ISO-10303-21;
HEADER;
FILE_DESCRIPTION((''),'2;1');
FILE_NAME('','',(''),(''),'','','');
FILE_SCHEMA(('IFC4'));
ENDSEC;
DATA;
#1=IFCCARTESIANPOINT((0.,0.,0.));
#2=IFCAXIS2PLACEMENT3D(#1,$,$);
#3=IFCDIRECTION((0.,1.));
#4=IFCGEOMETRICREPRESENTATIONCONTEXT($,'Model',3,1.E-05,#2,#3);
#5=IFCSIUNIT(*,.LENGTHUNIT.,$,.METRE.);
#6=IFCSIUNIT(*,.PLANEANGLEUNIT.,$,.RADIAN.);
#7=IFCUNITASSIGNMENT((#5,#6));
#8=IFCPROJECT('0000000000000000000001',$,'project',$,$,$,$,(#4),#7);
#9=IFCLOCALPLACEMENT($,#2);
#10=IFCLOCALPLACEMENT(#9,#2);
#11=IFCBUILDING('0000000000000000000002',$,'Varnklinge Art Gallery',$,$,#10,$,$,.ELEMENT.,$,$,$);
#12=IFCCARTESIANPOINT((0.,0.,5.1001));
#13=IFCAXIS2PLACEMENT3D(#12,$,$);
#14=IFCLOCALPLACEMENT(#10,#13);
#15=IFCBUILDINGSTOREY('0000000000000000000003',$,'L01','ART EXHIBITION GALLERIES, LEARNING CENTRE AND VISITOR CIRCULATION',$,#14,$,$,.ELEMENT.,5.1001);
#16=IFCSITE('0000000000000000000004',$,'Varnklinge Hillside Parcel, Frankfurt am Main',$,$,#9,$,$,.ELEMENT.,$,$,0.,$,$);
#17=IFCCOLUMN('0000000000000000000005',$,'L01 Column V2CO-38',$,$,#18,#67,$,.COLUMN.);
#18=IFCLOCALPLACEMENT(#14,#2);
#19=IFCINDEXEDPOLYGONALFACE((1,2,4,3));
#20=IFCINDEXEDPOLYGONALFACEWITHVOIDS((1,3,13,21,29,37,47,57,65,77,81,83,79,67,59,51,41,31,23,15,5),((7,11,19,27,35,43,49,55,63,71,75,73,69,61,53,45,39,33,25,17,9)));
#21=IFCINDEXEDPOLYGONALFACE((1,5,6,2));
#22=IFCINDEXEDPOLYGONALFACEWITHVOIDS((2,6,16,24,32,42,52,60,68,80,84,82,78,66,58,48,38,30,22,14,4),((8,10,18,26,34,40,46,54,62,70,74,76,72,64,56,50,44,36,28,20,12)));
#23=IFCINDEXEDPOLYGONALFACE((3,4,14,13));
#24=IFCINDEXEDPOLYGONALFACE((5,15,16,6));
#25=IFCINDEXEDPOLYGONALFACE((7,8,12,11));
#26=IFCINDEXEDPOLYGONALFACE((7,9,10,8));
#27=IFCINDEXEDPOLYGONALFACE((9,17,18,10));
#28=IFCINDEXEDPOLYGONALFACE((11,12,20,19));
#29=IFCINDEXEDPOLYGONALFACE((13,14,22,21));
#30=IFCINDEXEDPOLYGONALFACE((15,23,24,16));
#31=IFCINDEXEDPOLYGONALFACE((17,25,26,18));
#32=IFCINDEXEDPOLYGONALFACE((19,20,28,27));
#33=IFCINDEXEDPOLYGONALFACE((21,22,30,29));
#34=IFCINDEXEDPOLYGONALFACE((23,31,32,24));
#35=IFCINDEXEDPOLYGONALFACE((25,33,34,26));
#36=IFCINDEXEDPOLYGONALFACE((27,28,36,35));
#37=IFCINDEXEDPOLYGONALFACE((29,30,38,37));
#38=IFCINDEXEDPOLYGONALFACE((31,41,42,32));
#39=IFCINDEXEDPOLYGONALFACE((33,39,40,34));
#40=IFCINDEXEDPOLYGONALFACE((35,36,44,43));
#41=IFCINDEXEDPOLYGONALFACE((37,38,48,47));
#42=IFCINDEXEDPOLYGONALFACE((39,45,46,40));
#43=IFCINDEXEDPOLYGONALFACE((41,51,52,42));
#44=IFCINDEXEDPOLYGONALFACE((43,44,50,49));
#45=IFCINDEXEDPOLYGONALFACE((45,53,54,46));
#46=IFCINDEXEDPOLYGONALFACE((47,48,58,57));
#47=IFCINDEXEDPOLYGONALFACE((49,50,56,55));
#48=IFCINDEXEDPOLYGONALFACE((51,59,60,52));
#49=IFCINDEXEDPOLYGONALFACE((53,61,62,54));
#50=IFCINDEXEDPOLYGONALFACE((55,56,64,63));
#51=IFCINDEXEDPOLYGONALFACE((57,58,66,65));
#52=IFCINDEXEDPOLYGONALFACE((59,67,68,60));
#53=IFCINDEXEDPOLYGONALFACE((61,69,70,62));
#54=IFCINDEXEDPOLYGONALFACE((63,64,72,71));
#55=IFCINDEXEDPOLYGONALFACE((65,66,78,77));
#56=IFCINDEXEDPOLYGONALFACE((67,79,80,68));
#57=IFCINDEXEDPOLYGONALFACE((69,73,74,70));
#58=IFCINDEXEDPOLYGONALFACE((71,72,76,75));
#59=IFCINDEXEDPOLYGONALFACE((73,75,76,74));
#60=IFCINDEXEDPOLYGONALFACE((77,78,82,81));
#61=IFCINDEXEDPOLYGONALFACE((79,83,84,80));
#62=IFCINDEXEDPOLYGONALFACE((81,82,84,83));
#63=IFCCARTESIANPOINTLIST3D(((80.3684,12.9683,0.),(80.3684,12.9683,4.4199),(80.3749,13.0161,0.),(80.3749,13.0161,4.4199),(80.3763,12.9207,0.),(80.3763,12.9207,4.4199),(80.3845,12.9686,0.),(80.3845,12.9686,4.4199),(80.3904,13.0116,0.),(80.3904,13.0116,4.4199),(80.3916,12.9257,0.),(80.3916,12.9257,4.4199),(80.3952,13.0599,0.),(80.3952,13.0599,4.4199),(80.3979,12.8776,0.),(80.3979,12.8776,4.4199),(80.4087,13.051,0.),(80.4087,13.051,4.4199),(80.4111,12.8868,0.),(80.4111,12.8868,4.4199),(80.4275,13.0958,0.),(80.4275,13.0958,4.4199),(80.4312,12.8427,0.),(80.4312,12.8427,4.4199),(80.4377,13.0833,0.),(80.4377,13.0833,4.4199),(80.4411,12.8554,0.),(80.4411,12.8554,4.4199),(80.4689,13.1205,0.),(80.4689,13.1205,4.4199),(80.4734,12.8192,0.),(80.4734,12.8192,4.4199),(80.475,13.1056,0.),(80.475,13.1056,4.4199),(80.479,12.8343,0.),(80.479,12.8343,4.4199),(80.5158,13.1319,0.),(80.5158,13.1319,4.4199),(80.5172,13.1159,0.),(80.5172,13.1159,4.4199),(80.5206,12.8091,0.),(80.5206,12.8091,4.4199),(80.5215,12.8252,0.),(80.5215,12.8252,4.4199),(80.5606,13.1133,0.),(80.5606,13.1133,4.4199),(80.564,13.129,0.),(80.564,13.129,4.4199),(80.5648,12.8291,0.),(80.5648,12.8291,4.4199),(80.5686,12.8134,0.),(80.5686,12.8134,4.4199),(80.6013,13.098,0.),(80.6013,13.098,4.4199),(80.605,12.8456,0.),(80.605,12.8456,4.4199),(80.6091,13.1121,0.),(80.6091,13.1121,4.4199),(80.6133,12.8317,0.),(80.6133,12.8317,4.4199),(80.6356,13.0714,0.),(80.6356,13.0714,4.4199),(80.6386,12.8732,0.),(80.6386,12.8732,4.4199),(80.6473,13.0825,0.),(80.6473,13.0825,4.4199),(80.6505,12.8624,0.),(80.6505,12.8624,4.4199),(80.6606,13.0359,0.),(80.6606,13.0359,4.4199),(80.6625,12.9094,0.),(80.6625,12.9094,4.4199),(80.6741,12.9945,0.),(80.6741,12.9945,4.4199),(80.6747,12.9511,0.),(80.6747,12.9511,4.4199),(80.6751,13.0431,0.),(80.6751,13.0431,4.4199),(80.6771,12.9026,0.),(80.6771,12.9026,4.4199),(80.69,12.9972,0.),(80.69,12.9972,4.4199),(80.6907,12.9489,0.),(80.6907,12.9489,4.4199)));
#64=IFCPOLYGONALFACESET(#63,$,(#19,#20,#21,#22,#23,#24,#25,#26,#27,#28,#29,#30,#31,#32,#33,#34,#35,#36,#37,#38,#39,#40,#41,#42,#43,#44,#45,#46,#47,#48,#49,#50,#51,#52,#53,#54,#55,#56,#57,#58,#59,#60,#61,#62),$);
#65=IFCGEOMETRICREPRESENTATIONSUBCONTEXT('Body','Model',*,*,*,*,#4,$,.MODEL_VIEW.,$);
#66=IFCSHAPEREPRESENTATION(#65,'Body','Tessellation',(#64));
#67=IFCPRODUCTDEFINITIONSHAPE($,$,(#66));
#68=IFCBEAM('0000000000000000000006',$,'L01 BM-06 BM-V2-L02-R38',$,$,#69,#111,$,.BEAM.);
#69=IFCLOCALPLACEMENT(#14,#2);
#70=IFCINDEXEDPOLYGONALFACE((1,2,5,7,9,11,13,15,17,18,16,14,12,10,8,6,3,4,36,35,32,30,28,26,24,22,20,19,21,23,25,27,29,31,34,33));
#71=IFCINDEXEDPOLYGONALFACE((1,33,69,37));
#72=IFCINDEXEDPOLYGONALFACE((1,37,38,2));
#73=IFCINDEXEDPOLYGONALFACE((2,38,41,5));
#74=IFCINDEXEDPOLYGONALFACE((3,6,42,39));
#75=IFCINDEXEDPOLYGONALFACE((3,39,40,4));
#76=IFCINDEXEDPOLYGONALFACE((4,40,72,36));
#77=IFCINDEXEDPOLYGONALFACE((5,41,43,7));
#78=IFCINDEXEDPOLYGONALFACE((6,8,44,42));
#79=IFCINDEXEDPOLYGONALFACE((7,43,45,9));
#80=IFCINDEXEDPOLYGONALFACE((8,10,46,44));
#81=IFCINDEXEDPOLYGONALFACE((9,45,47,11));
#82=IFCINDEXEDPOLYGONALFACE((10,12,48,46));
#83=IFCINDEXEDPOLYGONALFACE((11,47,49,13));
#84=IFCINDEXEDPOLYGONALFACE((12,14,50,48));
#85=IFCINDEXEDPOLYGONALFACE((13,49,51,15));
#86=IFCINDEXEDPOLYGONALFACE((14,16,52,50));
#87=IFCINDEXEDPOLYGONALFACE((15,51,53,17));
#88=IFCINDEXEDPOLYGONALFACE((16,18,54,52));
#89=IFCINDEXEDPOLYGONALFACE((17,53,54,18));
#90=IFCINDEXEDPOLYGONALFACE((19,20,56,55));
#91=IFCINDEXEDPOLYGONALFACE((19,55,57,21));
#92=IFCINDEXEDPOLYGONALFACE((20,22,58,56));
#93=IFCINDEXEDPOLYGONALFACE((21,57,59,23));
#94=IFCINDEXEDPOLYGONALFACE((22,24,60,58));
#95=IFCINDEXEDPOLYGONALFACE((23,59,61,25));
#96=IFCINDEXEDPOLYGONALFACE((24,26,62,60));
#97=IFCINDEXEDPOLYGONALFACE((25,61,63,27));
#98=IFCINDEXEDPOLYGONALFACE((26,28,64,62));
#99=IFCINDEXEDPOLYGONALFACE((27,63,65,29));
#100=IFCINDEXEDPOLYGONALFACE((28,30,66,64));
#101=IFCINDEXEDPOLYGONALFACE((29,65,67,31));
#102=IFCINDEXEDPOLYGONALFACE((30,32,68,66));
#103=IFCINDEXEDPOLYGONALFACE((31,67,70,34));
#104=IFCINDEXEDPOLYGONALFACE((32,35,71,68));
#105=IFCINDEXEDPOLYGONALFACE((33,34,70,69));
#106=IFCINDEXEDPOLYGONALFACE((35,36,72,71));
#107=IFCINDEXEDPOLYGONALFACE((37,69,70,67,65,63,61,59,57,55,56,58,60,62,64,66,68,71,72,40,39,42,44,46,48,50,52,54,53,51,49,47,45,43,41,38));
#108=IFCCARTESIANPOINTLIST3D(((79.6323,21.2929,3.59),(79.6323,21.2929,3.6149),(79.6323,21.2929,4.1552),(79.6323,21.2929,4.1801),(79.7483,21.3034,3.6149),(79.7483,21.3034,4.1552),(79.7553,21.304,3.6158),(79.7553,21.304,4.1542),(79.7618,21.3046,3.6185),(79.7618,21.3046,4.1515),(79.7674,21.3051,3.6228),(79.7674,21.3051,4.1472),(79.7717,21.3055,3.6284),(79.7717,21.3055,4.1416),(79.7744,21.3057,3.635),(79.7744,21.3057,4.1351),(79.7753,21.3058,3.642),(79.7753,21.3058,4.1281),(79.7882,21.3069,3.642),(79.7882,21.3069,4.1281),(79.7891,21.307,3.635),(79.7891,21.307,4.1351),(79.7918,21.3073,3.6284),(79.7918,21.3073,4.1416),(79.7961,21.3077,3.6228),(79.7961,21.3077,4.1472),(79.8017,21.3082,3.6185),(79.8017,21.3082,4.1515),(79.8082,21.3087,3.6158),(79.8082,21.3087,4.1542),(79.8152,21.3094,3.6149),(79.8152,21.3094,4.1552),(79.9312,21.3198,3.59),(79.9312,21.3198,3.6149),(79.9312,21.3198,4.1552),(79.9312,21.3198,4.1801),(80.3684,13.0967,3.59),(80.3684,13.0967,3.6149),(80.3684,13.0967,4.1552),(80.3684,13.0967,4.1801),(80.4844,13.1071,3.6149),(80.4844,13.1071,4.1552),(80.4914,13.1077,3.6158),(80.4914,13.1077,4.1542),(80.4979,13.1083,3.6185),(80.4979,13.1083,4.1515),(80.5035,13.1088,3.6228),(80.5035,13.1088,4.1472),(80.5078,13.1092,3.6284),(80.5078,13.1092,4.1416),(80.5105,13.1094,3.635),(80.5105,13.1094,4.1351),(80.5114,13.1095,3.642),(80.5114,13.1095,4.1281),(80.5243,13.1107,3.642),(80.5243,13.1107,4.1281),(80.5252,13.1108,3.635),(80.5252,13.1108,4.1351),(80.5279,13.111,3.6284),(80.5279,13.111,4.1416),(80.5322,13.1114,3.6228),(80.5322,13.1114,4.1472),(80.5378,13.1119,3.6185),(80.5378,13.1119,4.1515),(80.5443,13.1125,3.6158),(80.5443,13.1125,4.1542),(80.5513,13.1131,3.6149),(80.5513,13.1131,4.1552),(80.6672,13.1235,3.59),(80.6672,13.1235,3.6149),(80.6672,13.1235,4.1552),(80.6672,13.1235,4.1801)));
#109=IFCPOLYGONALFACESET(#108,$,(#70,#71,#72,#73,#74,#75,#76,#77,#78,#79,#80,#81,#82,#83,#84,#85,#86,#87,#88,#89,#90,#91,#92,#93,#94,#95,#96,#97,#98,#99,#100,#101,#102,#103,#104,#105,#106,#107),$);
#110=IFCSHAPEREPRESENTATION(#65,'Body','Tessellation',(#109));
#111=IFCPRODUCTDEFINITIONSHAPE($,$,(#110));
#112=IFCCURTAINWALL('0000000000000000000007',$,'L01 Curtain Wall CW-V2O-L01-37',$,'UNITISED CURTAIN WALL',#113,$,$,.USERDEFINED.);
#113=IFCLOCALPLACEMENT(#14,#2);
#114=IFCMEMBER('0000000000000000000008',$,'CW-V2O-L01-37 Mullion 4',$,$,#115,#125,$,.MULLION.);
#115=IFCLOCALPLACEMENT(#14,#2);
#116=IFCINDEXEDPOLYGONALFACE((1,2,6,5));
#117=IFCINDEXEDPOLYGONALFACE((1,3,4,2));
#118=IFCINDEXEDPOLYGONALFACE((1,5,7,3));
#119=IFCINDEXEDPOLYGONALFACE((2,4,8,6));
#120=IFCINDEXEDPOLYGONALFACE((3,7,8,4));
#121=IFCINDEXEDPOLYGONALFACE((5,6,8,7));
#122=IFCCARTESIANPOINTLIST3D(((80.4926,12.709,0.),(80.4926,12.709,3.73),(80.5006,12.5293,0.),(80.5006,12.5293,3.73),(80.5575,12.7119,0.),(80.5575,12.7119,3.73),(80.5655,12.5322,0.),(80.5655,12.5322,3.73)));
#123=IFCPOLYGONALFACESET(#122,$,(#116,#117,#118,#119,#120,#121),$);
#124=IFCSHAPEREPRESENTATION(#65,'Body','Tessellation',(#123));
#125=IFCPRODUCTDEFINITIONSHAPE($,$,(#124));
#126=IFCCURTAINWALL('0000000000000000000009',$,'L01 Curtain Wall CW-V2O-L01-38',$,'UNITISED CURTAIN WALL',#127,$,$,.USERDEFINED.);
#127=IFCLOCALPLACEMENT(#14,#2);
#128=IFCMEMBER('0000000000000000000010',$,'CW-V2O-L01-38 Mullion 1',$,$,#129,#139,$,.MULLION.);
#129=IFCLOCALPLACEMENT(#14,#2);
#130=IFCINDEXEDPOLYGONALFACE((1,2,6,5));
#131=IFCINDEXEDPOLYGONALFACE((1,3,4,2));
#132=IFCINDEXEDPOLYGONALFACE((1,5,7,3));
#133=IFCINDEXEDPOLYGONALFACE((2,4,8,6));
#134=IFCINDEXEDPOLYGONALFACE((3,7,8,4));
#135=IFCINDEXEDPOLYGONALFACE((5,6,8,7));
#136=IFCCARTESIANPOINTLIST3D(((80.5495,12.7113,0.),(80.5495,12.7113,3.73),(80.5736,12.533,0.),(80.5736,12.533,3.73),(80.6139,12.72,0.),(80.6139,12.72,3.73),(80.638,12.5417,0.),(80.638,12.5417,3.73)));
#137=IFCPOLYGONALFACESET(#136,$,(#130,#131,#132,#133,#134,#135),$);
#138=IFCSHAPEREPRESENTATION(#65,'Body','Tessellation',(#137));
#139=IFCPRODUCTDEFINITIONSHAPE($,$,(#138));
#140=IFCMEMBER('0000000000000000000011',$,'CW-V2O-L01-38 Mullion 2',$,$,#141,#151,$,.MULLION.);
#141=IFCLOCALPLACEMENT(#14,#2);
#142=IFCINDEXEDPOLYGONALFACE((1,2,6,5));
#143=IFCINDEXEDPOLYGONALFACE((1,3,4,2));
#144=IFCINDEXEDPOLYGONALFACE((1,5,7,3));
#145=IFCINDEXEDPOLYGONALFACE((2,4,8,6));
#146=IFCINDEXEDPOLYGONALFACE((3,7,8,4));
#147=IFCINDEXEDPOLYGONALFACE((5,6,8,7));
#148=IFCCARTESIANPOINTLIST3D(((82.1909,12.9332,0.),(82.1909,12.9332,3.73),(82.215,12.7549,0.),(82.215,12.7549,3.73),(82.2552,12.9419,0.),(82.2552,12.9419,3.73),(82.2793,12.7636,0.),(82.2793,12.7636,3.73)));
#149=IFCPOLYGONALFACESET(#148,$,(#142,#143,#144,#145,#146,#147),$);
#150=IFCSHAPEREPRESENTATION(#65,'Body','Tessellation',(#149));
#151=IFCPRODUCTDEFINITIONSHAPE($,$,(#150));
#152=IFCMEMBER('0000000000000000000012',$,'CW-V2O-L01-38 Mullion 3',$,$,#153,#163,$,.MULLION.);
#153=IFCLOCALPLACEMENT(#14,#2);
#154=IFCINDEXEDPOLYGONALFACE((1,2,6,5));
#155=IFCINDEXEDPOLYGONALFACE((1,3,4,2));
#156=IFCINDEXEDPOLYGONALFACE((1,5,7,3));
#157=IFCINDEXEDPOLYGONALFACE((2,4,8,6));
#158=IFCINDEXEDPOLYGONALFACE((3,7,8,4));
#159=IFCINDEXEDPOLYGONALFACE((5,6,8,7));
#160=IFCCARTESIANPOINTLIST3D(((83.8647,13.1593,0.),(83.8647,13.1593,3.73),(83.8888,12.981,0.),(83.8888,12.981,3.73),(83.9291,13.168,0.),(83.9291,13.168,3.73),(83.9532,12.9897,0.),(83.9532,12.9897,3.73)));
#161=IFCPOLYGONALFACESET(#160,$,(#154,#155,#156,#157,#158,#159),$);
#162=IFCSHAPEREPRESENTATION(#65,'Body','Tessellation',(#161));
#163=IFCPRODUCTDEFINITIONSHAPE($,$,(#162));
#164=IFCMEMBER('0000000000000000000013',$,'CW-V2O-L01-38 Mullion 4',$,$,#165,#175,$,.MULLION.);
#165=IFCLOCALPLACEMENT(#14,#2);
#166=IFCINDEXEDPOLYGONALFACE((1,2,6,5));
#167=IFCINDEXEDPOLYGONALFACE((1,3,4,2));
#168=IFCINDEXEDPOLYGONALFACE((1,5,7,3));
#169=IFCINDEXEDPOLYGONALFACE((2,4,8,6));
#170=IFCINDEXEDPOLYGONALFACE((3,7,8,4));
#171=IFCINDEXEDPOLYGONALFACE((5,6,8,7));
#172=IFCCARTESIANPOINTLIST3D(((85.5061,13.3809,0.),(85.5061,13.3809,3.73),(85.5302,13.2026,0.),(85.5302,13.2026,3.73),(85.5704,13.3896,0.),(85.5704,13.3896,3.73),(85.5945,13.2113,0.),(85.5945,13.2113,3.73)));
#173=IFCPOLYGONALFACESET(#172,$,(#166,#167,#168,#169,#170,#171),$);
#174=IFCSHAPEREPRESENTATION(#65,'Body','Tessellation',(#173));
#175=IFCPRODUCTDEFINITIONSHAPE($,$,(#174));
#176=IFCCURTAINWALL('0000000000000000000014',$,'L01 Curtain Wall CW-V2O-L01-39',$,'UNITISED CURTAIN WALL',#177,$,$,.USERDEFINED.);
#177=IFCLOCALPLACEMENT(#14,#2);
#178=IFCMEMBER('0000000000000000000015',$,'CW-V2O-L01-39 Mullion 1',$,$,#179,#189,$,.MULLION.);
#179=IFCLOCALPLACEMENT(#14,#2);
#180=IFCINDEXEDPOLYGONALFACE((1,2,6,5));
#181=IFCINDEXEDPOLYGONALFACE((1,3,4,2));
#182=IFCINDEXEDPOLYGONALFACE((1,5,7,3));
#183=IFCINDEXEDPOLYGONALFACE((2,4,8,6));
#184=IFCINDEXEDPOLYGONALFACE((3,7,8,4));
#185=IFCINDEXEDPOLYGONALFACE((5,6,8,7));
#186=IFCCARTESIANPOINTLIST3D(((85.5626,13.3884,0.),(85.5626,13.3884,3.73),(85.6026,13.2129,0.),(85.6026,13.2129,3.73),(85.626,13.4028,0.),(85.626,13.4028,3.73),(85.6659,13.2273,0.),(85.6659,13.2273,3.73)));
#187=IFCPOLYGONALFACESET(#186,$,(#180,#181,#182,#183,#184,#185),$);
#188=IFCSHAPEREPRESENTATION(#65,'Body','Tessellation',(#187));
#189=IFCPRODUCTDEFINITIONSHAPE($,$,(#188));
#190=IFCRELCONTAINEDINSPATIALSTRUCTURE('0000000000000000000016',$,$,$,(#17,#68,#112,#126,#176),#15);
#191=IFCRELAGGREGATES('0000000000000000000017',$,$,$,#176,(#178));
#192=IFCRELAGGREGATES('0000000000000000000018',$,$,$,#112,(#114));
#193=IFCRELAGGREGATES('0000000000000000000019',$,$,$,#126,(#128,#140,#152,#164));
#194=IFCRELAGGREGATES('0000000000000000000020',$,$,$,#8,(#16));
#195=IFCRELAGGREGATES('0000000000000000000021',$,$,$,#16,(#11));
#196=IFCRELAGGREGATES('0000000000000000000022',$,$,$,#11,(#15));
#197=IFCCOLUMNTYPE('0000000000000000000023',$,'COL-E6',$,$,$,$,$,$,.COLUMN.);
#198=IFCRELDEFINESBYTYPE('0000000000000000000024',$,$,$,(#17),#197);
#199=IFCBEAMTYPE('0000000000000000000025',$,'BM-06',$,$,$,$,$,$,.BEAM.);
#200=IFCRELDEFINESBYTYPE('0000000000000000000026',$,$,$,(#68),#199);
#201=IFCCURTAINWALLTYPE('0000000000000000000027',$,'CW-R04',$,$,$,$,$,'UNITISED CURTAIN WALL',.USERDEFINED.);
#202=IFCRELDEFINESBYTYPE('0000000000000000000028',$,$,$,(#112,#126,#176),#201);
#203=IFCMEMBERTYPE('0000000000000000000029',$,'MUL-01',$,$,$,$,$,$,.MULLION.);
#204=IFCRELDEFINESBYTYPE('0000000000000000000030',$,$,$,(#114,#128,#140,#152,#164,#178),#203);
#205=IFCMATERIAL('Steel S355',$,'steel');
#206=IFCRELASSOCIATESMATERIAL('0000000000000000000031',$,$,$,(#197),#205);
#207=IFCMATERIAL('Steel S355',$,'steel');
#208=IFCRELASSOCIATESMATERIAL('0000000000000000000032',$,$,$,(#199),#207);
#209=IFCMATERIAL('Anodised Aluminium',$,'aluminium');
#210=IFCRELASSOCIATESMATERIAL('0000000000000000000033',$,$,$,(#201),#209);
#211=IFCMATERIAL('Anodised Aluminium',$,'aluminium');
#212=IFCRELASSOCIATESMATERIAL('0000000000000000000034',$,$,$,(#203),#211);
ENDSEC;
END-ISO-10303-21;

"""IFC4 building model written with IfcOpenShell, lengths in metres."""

from ifc_helpers import new_model, si_unit, direction, frame, origin, origin_2d, place, context, subcontext, project, spatial, rectangle, hollow_circle, i_section, extrude, material, material_profile, profile_set, type_object, element, aggregate, save


model = new_model("IFC4")

# Units and contexts
model_context = context("Model", 3, precision=1e-05, world=origin(), true_north=direction((0.0, 1.0)))
body_context = subcontext(model_context, "Body", "Model", "MODEL_VIEW")
ifc_project = project(units=[si_unit("LENGTHUNIT", "METRE"), si_unit("PLANEANGLEUNIT", "RADIAN")], contexts=[model_context])

# Site, building, storey
site_placement = place(None, origin())
site = spatial("IfcSite", under=ifc_project, at=site_placement, Name="Varnklinge Hillside Parcel, Frankfurt am Main", CompositionType="ELEMENT", RefElevation=0.0)
building_placement = place(site_placement, origin())
building = spatial("IfcBuilding", under=site, at=building_placement, Name="Varnklinge Art Gallery", CompositionType="ELEMENT")
storey_placement = place(building_placement, frame((0.0, 0.0, 5.1001)))
storey = spatial("IfcBuildingStorey", under=building, at=storey_placement, Name="L01", Description="ART EXHIBITION GALLERIES, LEARNING CENTRE AND VISITOR CIRCULATION", CompositionType="ELEMENT", Elevation=5.1001)

# Column
ifc_material_1 = material(Name="Steel S355", Category="steel")
ifc_material_profile_1 = material_profile(ifc_material_1, hollow_circle(Radius=0.1619, WallThickness=0.0161, at=origin_2d()), Name="CHS 323.9x16")
ifc_profile_set_1 = profile_set([ifc_material_profile_1], Name="Steel S355")
column_type = type_object("IfcColumnType", Name="COL-E6", PredefinedType="COLUMN", material=ifc_profile_set_1)
column_placement = place(storey_placement, frame((80.5303, 12.9707, 0.0), z_axis=(0.0, 0.0, 1.0), x_axis=(-0.089416, 0.995994, 0.0)))
element("IfcColumn", 1, at=column_placement, inside=storey, type_object=column_type, Name="L01 Column V2CO-38", PredefinedType="COLUMN", context=body_context, shape_type="SweptSolid", body=[
    extrude(hollow_circle(Radius=0.1619, WallThickness=0.0161, at=origin_2d()), origin(), (0.0, 0.0, 1.0), 4.4199),
])

# Beam
ifc_material_2 = material(Name="Steel S355", Category="steel")
ifc_material_profile_2 = material_profile(ifc_material_2, i_section(OverallWidth=0.3, OverallDepth=0.5901, WebThickness=0.0129, FlangeThickness=0.0249, FilletRadius=0.0271, at=origin_2d()), Name="HEA 600")
ifc_profile_set_2 = profile_set([ifc_material_profile_2], Name="Steel S355")
beam_type_1 = type_object("IfcBeamType", Name="BM-06", PredefinedType="BEAM", material=ifc_profile_set_2)
beam_1_placement = place(storey_placement, frame((80.5178, 13.1101, 3.885), z_axis=(-0.089447, 0.995992, 0.0), x_axis=(-0.995992, -0.089447, 0.0)))
element("IfcBeam", 2, at=beam_1_placement, inside=storey, type_object=beam_type_1, Name="L01 BM-06 BM-V2-L02-R38", PredefinedType="BEAM", context=body_context, shape_type="SweptSolid", body=[
    extrude(i_section(OverallWidth=0.3, OverallDepth=0.5901, WebThickness=0.0129, FlangeThickness=0.0249, FilletRadius=0.0271, at=origin_2d()), origin(), (0.0, 0.0, 1.0), 8.2292),
])

# Curtain wall, member
ifc_material_3 = material(Name="Anodised Aluminium", Category="aluminium")
curtain_wall_type = type_object("IfcCurtainWallType", Name="CW-R04", ElementType="UNITISED CURTAIN WALL", PredefinedType="USERDEFINED", material=ifc_material_3)
curtain_wall_1_placement = place(storey_placement, origin())
curtain_wall_1 = element("IfcCurtainWall", 3, at=curtain_wall_1_placement, inside=storey, type_object=curtain_wall_type, Name="L01 Curtain Wall CW-V2O-L01-37", ObjectType="UNITISED CURTAIN WALL", PredefinedType="USERDEFINED")
ifc_material_4 = material(Name="Anodised Aluminium", Category="aluminium")
ifc_material_profile_3 = material_profile(ifc_material_4, rectangle(XDim=0.0649, YDim=0.1799, at=origin_2d()), Name="ALU 65x180")
ifc_profile_set_3 = profile_set([ifc_material_profile_3], Name="Anodised Aluminium")
member_type_1 = type_object("IfcMemberType", Name="MUL-01", PredefinedType="MULLION", material=ifc_profile_set_3)
member_1_placement = place(storey_placement, frame((80.5291, 12.6206, 0.0), z_axis=(0.0, 0.0, 1.0), x_axis=(0.999002, 0.044666, 0.0)))
member_1 = element("IfcMember", 4, at=member_1_placement, type_object=member_type_1, Name="CW-V2O-L01-37 Mullion 4", PredefinedType="MULLION", context=body_context, shape_type="SweptSolid", body=[
    extrude(rectangle(XDim=0.0649, YDim=0.1799, at=origin_2d()), origin(), (0.0, 0.0, 1.0), 3.73),
])

# Curtain wall, members
curtain_wall_2_placement = place(storey_placement, origin())
curtain_wall_2 = element("IfcCurtainWall", 5, at=curtain_wall_2_placement, inside=storey, type_object=curtain_wall_type, Name="L01 Curtain Wall CW-V2O-L01-38", ObjectType="UNITISED CURTAIN WALL", PredefinedType="USERDEFINED")
member_2_placement = place(storey_placement, frame((80.5938, 12.6265, 0.0), z_axis=(0.0, 0.0, 1.0), x_axis=(0.990983, 0.133986, 0.0)))
member_2 = element("IfcMember", 6, at=member_2_placement, type_object=member_type_1, Name="CW-V2O-L01-38 Mullion 1", PredefinedType="MULLION", context=body_context, shape_type="SweptSolid", body=[
    extrude(rectangle(XDim=0.0649, YDim=0.1799, at=origin_2d()), origin(), (0.0, 0.0, 1.0), 3.73),
])
member_3_placement = place(storey_placement, frame((82.2351, 12.8484, 0.0), z_axis=(0.0, 0.0, 1.0), x_axis=(0.990983, 0.133986, 0.0)))
member_3 = element("IfcMember", 7, at=member_3_placement, type_object=member_type_1, Name="CW-V2O-L01-38 Mullion 2", PredefinedType="MULLION", context=body_context, shape_type="SweptSolid", body=[
    extrude(rectangle(XDim=0.0649, YDim=0.1799, at=origin_2d()), origin(), (0.0, 0.0, 1.0), 3.73),
])
member_4_placement = place(storey_placement, frame((83.9089, 13.0745, 0.0), z_axis=(0.0, 0.0, 1.0), x_axis=(0.990983, 0.133986, 0.0)))
member_4 = element("IfcMember", 8, at=member_4_placement, type_object=member_type_1, Name="CW-V2O-L01-38 Mullion 3", PredefinedType="MULLION", context=body_context, shape_type="SweptSolid", body=[
    extrude(rectangle(XDim=0.0649, YDim=0.1799, at=origin_2d()), origin(), (0.0, 0.0, 1.0), 3.73),
])
member_5_placement = place(storey_placement, frame((85.5503, 13.2961, 0.0), z_axis=(0.0, 0.0, 1.0), x_axis=(0.990983, 0.133986, 0.0)))
member_5 = element("IfcMember", 9, at=member_5_placement, type_object=member_type_1, Name="CW-V2O-L01-38 Mullion 4", PredefinedType="MULLION", context=body_context, shape_type="SweptSolid", body=[
    extrude(rectangle(XDim=0.0649, YDim=0.1799, at=origin_2d()), origin(), (0.0, 0.0, 1.0), 3.73),
])

# Curtain wall, member
curtain_wall_3_placement = place(storey_placement, origin())
curtain_wall_3 = element("IfcCurtainWall", 10, at=curtain_wall_3_placement, inside=storey, type_object=curtain_wall_type, Name="L01 Curtain Wall CW-V2O-L01-39", ObjectType="UNITISED CURTAIN WALL", PredefinedType="USERDEFINED")
member_6_placement = place(storey_placement, frame((85.6143, 13.3079, 0.0), z_axis=(0.0, 0.0, 1.0), x_axis=(0.975072, 0.221889, 0.0)))
member_6 = element("IfcMember", 11, at=member_6_placement, type_object=member_type_1, Name="CW-V2O-L01-39 Mullion 1", PredefinedType="MULLION", context=body_context, shape_type="SweptSolid", body=[
    extrude(rectangle(XDim=0.0649, YDim=0.1799, at=origin_2d()), origin(), (0.0, 0.0, 1.0), 3.73),
])

aggregate(curtain_wall_3, [member_6])

aggregate(curtain_wall_1, [member_1])
aggregate(curtain_wall_2, [member_2, member_3, member_4, member_5])

save(model, "model.ifc")
